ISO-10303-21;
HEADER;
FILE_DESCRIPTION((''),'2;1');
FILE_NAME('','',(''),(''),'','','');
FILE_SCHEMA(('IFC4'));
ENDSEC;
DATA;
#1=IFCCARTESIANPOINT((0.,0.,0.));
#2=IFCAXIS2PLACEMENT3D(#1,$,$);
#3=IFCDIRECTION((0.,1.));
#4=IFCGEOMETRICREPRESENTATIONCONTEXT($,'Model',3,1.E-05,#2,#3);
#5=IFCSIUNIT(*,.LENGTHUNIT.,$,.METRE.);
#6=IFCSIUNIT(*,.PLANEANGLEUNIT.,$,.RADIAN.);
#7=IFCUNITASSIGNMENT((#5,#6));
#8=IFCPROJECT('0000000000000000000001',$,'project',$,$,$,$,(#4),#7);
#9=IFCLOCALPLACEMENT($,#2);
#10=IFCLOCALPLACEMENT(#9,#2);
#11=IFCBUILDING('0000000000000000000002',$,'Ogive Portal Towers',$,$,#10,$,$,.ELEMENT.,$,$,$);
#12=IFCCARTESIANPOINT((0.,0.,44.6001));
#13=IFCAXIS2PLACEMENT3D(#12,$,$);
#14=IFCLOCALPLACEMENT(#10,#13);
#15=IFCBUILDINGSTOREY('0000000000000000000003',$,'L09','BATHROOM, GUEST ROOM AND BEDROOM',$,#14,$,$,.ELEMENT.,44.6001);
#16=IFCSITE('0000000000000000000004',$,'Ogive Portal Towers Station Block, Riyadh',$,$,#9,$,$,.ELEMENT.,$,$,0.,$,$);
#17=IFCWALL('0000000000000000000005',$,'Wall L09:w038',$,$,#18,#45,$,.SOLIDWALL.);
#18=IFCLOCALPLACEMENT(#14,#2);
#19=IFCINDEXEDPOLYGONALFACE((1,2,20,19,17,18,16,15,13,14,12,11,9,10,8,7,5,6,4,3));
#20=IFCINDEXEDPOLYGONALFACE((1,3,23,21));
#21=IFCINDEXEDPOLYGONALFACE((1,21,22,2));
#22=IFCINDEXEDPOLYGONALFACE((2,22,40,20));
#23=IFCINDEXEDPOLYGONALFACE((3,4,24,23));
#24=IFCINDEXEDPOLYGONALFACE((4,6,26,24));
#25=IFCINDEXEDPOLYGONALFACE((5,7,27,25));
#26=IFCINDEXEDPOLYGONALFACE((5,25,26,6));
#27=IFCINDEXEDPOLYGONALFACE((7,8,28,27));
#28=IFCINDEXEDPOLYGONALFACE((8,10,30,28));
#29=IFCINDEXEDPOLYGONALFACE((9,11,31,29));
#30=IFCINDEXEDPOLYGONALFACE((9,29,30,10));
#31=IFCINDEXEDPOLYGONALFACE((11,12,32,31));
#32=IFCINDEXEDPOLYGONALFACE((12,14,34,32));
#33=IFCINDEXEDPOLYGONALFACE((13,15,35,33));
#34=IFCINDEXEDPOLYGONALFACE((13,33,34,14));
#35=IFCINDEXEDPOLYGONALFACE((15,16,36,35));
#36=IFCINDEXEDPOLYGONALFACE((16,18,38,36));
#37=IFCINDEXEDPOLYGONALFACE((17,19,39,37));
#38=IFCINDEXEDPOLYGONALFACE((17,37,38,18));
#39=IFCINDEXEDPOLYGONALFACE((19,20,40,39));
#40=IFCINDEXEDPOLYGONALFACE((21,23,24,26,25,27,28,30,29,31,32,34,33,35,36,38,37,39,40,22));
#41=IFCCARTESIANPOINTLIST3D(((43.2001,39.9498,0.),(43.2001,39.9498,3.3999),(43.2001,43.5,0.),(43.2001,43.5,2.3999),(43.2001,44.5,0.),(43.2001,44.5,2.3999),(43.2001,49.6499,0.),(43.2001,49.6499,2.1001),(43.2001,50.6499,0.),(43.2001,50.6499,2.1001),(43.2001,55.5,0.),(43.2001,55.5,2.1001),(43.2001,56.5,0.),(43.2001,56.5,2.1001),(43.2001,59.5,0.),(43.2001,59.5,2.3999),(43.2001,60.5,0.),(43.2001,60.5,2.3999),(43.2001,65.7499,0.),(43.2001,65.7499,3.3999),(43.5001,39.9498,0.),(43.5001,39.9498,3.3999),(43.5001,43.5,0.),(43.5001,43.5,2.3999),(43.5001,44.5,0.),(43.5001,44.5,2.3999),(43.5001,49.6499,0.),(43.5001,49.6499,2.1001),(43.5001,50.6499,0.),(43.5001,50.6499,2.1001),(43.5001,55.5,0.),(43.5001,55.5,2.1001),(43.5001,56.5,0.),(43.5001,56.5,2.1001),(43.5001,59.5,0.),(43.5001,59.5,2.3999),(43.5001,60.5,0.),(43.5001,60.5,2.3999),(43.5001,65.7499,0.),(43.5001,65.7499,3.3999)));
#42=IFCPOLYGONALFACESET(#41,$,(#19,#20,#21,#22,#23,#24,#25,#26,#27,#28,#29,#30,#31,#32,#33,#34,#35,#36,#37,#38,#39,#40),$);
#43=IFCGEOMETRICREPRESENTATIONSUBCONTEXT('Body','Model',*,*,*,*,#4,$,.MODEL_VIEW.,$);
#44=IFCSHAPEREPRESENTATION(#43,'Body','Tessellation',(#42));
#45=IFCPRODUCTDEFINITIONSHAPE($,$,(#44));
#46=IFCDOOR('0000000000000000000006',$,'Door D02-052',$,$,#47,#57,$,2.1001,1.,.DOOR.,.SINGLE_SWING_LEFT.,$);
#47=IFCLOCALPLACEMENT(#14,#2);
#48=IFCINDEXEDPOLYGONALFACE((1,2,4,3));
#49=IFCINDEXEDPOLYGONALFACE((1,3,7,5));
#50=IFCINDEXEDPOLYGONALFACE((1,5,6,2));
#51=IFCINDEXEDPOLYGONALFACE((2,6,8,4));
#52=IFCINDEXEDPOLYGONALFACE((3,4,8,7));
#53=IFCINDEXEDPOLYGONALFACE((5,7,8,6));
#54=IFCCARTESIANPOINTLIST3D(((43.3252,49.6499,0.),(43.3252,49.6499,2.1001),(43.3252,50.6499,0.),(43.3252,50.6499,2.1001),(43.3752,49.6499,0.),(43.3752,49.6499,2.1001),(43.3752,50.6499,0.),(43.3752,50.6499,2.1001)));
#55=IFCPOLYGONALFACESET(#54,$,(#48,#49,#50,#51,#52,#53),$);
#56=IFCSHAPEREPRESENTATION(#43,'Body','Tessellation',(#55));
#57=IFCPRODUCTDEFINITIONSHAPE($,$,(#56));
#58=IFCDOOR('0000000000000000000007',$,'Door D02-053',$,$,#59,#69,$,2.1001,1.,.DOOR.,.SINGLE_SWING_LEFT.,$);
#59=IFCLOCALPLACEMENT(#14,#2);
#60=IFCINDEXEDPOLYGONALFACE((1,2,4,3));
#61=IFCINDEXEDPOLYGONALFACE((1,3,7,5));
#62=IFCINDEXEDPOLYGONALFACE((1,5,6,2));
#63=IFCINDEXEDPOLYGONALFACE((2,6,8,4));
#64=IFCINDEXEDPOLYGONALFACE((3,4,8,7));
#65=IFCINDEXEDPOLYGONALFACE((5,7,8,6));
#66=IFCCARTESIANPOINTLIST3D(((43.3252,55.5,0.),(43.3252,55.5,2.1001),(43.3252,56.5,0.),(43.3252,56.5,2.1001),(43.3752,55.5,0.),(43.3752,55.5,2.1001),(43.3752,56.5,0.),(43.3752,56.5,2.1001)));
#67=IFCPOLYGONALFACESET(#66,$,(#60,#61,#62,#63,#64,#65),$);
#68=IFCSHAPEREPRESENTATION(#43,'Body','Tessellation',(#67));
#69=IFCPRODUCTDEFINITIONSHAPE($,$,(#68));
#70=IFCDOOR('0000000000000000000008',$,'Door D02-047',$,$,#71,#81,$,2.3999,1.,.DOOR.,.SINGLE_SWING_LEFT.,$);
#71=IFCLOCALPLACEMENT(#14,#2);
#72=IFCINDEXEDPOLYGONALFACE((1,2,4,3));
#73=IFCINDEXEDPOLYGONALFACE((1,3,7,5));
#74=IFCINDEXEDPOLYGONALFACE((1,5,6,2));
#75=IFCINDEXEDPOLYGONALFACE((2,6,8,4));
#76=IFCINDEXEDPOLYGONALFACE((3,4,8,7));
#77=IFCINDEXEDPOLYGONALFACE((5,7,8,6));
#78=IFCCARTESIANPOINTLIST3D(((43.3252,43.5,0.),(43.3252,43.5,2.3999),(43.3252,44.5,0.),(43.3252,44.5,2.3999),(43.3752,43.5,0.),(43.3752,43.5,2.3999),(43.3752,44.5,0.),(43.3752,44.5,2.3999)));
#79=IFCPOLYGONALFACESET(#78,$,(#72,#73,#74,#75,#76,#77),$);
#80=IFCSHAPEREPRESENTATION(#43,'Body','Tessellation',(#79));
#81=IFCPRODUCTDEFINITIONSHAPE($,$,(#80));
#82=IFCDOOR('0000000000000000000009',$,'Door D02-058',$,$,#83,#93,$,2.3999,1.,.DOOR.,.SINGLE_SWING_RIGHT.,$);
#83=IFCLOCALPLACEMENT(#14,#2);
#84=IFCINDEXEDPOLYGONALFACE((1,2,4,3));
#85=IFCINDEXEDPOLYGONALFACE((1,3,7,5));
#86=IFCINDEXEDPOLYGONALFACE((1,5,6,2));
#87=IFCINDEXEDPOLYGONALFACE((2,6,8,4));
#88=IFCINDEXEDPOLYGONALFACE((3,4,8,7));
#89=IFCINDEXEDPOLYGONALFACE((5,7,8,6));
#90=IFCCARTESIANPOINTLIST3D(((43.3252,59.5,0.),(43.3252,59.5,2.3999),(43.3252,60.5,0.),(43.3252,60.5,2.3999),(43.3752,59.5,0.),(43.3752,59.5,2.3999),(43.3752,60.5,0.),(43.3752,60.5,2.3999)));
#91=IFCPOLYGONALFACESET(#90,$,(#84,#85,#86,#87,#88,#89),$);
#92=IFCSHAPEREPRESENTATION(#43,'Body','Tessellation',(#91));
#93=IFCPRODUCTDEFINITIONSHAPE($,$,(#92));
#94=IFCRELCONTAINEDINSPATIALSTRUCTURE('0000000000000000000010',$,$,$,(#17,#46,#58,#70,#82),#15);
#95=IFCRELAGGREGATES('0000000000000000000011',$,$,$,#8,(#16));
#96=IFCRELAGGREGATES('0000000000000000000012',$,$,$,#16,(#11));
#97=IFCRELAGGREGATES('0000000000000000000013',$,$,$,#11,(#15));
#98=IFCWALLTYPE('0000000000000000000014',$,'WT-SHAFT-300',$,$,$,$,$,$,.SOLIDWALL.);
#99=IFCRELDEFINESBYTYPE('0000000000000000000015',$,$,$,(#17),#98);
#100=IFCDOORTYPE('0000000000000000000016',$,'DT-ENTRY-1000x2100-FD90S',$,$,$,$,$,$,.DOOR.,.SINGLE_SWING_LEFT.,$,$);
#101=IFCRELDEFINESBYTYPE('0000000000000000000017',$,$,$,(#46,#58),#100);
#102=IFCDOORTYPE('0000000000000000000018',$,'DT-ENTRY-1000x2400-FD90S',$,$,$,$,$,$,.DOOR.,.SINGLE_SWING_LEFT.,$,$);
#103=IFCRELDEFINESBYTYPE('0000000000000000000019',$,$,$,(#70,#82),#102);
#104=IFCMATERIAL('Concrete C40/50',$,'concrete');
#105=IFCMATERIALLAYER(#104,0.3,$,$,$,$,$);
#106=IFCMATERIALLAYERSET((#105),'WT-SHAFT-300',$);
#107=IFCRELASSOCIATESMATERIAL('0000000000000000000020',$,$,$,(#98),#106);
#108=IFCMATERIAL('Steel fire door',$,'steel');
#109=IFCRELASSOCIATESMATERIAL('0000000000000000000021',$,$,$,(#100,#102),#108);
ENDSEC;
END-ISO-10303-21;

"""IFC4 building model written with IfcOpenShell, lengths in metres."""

from ifc_helpers import new_model, si_unit, direction, frame, frame_2d, origin, place, context, subcontext, project, spatial, rectangle, extrude, material, layer, layer_set, type_object, element, fill, save


model = new_model("IFC4")

# Units and contexts
model_context = context("Model", 3, precision=1e-05, world=origin(), true_north=direction((0.0, 1.0)))
body_context = subcontext(model_context, "Body", "Model", "MODEL_VIEW")
ifc_project = project(units=[si_unit("LENGTHUNIT", "METRE"), si_unit("PLANEANGLEUNIT", "RADIAN")], contexts=[model_context])

# Site, building, storey
site_placement = place(None, origin())
site = spatial("IfcSite", under=ifc_project, at=site_placement, Name="Ogive Portal Towers Station Block, Riyadh", CompositionType="ELEMENT", RefElevation=0.0)
building_placement = place(site_placement, origin())
building = spatial("IfcBuilding", under=site, at=building_placement, Name="Ogive Portal Towers", CompositionType="ELEMENT")
storey_placement = place(building_placement, frame((0.0, 0.0, 44.6001)))
storey = spatial("IfcBuildingStorey", under=building, at=storey_placement, Name="L09", Description="BATHROOM, GUEST ROOM AND BEDROOM", CompositionType="ELEMENT", Elevation=44.6001)

# Shared definitions
ifc_material_1 = material(Name="Concrete C40/50", Category="concrete")

# Shared definitions
ifc_material_2 = material(Name="Steel fire door", Category="steel")

# Wall, openings, doors
ifc_layer_1 = layer(ifc_material_1, 0.3)
ifc_layer_set_1 = layer_set([ifc_layer_1], Name="WT-SHAFT-300")
wall_type_1 = type_object("IfcWallType", Name="WT-SHAFT-300", PredefinedType="SOLIDWALL", material=ifc_layer_set_1)
wall_1_placement = place(storey_placement, frame((43.3501, 39.95, 0.0), z_axis=(0.0, 0.0, 1.0), x_axis=(0.0, 1.0, 0.0)))
wall_1 = element("IfcWall", 1, at=wall_1_placement, inside=storey, type_object=wall_type_1, Name="Wall L09:w038", PredefinedType="SOLIDWALL", context=body_context, shape_type="SweptSolid", body=[
    extrude(rectangle(XDim=25.8, YDim=0.3, at=frame_2d((12.8999, 0.0))), origin(), (0.0, 0.0, 1.0), 3.3999),
])
opening_1_placement = place(wall_1_placement, frame((3.55, 0.0, 0.0)))
opening_1 = element("IfcOpeningElement", 2, at=opening_1_placement, cuts=wall_1, PredefinedType="OPENING", context=body_context, shape_type="SweptSolid", body=[
    extrude(rectangle(XDim=1.0, YDim=2.3999, at=frame_2d((0.5, 1.2))), frame((0.0, 0.1602, 0.0), z_axis=(0.0, -1.0, 0.0), x_axis=(1.0, 0.0, 0.0)), (0.0, 0.0, 1.0), 0.3201),
])
opening_2_placement = place(wall_1_placement, frame((9.7, 0.0, 0.0)))
opening_2 = element("IfcOpeningElement", 3, at=opening_2_placement, cuts=wall_1, PredefinedType="OPENING", context=body_context, shape_type="SweptSolid", body=[
    extrude(rectangle(XDim=1.0, YDim=2.1001, at=frame_2d((0.5, 1.05))), frame((0.0, 0.1602, 0.0), z_axis=(0.0, -1.0, 0.0), x_axis=(1.0, 0.0, 0.0)), (0.0, 0.0, 1.0), 0.3201),
])
opening_3_placement = place(wall_1_placement, frame((15.55, 0.0, 0.0)))
opening_3 = element("IfcOpeningElement", 4, at=opening_3_placement, cuts=wall_1, PredefinedType="OPENING", context=body_context, shape_type="SweptSolid", body=[
    extrude(rectangle(XDim=1.0, YDim=2.1001, at=frame_2d((0.5, 1.05))), frame((0.0, 0.1602, 0.0), z_axis=(0.0, -1.0, 0.0), x_axis=(1.0, 0.0, 0.0)), (0.0, 0.0, 1.0), 0.3201),
])
opening_4_placement = place(wall_1_placement, frame((19.55, 0.0, 0.0)))
opening_4 = element("IfcOpeningElement", 5, at=opening_4_placement, cuts=wall_1, PredefinedType="OPENING", context=body_context, shape_type="SweptSolid", body=[
    extrude(rectangle(XDim=1.0, YDim=2.3999, at=frame_2d((0.5, 1.2))), frame((0.0, 0.1602, 0.0), z_axis=(0.0, -1.0, 0.0), x_axis=(1.0, 0.0, 0.0)), (0.0, 0.0, 1.0), 0.3201),
])
door_type_1 = type_object("IfcDoorType", Name="DT-ENTRY-1000x2100-FD90S", OperationType="SINGLE_SWING_LEFT", PredefinedType="DOOR", material=ifc_material_2)
door_1_placement = place(opening_2_placement, origin())
door_1 = element("IfcDoor", 6, at=door_1_placement, inside=storey, type_object=door_type_1, Name="Door D02-052", OperationType="SINGLE_SWING_LEFT", OverallHeight=2.1001, OverallWidth=1.0, PredefinedType="DOOR", context=body_context, shape_type="SweptSolid", body=[
    extrude(rectangle(XDim=1.0, YDim=2.1001, at=frame_2d((0.5, 1.05))), frame((0.0, 0.0249, 0.0), z_axis=(0.0, -1.0, 0.0), x_axis=(1.0, 0.0, 0.0)), (0.0, 0.0, 1.0), 0.05),
])
fill(opening_2, door_1)
door_2_placement = place(opening_3_placement, origin())
door_2 = element("IfcDoor", 7, at=door_2_placement, inside=storey, type_object=door_type_1, Name="Door D02-053", OperationType="SINGLE_SWING_LEFT", OverallHeight=2.1001, OverallWidth=1.0, PredefinedType="DOOR", context=body_context, shape_type="SweptSolid", body=[
    extrude(rectangle(XDim=1.0, YDim=2.1001, at=frame_2d((0.5, 1.05))), frame((0.0, 0.0249, 0.0), z_axis=(0.0, -1.0, 0.0), x_axis=(1.0, 0.0, 0.0)), (0.0, 0.0, 1.0), 0.05),
])
fill(opening_3, door_2)
door_type_2 = type_object("IfcDoorType", Name="DT-ENTRY-1000x2400-FD90S", OperationType="SINGLE_SWING_LEFT", PredefinedType="DOOR", material=ifc_material_2)
door_3_placement = place(opening_1_placement, origin())
door_3 = element("IfcDoor", 8, at=door_3_placement, inside=storey, type_object=door_type_2, Name="Door D02-047", OperationType="SINGLE_SWING_LEFT", OverallHeight=2.3999, OverallWidth=1.0, PredefinedType="DOOR", context=body_context, shape_type="SweptSolid", body=[
    extrude(rectangle(XDim=1.0, YDim=2.3999, at=frame_2d((0.5, 1.2))), frame((0.0, 0.0249, 0.0), z_axis=(0.0, -1.0, 0.0), x_axis=(1.0, 0.0, 0.0)), (0.0, 0.0, 1.0), 0.05),
])
fill(opening_1, door_3)
door_4_placement = place(opening_4_placement, origin())
door_4 = element("IfcDoor", 9, at=door_4_placement, inside=storey, type_object=door_type_2, Name="Door D02-058", OperationType="SINGLE_SWING_RIGHT", OverallHeight=2.3999, OverallWidth=1.0, PredefinedType="DOOR", context=body_context, shape_type="SweptSolid", body=[
    extrude(rectangle(XDim=1.0, YDim=2.3999, at=frame_2d((0.5, 1.2))), frame((0.0, 0.0249, 0.0), z_axis=(0.0, -1.0, 0.0), x_axis=(1.0, 0.0, 0.0)), (0.0, 0.0, 1.0), 0.05),
])
fill(opening_4, door_4)

save(model, "model.ifc")
